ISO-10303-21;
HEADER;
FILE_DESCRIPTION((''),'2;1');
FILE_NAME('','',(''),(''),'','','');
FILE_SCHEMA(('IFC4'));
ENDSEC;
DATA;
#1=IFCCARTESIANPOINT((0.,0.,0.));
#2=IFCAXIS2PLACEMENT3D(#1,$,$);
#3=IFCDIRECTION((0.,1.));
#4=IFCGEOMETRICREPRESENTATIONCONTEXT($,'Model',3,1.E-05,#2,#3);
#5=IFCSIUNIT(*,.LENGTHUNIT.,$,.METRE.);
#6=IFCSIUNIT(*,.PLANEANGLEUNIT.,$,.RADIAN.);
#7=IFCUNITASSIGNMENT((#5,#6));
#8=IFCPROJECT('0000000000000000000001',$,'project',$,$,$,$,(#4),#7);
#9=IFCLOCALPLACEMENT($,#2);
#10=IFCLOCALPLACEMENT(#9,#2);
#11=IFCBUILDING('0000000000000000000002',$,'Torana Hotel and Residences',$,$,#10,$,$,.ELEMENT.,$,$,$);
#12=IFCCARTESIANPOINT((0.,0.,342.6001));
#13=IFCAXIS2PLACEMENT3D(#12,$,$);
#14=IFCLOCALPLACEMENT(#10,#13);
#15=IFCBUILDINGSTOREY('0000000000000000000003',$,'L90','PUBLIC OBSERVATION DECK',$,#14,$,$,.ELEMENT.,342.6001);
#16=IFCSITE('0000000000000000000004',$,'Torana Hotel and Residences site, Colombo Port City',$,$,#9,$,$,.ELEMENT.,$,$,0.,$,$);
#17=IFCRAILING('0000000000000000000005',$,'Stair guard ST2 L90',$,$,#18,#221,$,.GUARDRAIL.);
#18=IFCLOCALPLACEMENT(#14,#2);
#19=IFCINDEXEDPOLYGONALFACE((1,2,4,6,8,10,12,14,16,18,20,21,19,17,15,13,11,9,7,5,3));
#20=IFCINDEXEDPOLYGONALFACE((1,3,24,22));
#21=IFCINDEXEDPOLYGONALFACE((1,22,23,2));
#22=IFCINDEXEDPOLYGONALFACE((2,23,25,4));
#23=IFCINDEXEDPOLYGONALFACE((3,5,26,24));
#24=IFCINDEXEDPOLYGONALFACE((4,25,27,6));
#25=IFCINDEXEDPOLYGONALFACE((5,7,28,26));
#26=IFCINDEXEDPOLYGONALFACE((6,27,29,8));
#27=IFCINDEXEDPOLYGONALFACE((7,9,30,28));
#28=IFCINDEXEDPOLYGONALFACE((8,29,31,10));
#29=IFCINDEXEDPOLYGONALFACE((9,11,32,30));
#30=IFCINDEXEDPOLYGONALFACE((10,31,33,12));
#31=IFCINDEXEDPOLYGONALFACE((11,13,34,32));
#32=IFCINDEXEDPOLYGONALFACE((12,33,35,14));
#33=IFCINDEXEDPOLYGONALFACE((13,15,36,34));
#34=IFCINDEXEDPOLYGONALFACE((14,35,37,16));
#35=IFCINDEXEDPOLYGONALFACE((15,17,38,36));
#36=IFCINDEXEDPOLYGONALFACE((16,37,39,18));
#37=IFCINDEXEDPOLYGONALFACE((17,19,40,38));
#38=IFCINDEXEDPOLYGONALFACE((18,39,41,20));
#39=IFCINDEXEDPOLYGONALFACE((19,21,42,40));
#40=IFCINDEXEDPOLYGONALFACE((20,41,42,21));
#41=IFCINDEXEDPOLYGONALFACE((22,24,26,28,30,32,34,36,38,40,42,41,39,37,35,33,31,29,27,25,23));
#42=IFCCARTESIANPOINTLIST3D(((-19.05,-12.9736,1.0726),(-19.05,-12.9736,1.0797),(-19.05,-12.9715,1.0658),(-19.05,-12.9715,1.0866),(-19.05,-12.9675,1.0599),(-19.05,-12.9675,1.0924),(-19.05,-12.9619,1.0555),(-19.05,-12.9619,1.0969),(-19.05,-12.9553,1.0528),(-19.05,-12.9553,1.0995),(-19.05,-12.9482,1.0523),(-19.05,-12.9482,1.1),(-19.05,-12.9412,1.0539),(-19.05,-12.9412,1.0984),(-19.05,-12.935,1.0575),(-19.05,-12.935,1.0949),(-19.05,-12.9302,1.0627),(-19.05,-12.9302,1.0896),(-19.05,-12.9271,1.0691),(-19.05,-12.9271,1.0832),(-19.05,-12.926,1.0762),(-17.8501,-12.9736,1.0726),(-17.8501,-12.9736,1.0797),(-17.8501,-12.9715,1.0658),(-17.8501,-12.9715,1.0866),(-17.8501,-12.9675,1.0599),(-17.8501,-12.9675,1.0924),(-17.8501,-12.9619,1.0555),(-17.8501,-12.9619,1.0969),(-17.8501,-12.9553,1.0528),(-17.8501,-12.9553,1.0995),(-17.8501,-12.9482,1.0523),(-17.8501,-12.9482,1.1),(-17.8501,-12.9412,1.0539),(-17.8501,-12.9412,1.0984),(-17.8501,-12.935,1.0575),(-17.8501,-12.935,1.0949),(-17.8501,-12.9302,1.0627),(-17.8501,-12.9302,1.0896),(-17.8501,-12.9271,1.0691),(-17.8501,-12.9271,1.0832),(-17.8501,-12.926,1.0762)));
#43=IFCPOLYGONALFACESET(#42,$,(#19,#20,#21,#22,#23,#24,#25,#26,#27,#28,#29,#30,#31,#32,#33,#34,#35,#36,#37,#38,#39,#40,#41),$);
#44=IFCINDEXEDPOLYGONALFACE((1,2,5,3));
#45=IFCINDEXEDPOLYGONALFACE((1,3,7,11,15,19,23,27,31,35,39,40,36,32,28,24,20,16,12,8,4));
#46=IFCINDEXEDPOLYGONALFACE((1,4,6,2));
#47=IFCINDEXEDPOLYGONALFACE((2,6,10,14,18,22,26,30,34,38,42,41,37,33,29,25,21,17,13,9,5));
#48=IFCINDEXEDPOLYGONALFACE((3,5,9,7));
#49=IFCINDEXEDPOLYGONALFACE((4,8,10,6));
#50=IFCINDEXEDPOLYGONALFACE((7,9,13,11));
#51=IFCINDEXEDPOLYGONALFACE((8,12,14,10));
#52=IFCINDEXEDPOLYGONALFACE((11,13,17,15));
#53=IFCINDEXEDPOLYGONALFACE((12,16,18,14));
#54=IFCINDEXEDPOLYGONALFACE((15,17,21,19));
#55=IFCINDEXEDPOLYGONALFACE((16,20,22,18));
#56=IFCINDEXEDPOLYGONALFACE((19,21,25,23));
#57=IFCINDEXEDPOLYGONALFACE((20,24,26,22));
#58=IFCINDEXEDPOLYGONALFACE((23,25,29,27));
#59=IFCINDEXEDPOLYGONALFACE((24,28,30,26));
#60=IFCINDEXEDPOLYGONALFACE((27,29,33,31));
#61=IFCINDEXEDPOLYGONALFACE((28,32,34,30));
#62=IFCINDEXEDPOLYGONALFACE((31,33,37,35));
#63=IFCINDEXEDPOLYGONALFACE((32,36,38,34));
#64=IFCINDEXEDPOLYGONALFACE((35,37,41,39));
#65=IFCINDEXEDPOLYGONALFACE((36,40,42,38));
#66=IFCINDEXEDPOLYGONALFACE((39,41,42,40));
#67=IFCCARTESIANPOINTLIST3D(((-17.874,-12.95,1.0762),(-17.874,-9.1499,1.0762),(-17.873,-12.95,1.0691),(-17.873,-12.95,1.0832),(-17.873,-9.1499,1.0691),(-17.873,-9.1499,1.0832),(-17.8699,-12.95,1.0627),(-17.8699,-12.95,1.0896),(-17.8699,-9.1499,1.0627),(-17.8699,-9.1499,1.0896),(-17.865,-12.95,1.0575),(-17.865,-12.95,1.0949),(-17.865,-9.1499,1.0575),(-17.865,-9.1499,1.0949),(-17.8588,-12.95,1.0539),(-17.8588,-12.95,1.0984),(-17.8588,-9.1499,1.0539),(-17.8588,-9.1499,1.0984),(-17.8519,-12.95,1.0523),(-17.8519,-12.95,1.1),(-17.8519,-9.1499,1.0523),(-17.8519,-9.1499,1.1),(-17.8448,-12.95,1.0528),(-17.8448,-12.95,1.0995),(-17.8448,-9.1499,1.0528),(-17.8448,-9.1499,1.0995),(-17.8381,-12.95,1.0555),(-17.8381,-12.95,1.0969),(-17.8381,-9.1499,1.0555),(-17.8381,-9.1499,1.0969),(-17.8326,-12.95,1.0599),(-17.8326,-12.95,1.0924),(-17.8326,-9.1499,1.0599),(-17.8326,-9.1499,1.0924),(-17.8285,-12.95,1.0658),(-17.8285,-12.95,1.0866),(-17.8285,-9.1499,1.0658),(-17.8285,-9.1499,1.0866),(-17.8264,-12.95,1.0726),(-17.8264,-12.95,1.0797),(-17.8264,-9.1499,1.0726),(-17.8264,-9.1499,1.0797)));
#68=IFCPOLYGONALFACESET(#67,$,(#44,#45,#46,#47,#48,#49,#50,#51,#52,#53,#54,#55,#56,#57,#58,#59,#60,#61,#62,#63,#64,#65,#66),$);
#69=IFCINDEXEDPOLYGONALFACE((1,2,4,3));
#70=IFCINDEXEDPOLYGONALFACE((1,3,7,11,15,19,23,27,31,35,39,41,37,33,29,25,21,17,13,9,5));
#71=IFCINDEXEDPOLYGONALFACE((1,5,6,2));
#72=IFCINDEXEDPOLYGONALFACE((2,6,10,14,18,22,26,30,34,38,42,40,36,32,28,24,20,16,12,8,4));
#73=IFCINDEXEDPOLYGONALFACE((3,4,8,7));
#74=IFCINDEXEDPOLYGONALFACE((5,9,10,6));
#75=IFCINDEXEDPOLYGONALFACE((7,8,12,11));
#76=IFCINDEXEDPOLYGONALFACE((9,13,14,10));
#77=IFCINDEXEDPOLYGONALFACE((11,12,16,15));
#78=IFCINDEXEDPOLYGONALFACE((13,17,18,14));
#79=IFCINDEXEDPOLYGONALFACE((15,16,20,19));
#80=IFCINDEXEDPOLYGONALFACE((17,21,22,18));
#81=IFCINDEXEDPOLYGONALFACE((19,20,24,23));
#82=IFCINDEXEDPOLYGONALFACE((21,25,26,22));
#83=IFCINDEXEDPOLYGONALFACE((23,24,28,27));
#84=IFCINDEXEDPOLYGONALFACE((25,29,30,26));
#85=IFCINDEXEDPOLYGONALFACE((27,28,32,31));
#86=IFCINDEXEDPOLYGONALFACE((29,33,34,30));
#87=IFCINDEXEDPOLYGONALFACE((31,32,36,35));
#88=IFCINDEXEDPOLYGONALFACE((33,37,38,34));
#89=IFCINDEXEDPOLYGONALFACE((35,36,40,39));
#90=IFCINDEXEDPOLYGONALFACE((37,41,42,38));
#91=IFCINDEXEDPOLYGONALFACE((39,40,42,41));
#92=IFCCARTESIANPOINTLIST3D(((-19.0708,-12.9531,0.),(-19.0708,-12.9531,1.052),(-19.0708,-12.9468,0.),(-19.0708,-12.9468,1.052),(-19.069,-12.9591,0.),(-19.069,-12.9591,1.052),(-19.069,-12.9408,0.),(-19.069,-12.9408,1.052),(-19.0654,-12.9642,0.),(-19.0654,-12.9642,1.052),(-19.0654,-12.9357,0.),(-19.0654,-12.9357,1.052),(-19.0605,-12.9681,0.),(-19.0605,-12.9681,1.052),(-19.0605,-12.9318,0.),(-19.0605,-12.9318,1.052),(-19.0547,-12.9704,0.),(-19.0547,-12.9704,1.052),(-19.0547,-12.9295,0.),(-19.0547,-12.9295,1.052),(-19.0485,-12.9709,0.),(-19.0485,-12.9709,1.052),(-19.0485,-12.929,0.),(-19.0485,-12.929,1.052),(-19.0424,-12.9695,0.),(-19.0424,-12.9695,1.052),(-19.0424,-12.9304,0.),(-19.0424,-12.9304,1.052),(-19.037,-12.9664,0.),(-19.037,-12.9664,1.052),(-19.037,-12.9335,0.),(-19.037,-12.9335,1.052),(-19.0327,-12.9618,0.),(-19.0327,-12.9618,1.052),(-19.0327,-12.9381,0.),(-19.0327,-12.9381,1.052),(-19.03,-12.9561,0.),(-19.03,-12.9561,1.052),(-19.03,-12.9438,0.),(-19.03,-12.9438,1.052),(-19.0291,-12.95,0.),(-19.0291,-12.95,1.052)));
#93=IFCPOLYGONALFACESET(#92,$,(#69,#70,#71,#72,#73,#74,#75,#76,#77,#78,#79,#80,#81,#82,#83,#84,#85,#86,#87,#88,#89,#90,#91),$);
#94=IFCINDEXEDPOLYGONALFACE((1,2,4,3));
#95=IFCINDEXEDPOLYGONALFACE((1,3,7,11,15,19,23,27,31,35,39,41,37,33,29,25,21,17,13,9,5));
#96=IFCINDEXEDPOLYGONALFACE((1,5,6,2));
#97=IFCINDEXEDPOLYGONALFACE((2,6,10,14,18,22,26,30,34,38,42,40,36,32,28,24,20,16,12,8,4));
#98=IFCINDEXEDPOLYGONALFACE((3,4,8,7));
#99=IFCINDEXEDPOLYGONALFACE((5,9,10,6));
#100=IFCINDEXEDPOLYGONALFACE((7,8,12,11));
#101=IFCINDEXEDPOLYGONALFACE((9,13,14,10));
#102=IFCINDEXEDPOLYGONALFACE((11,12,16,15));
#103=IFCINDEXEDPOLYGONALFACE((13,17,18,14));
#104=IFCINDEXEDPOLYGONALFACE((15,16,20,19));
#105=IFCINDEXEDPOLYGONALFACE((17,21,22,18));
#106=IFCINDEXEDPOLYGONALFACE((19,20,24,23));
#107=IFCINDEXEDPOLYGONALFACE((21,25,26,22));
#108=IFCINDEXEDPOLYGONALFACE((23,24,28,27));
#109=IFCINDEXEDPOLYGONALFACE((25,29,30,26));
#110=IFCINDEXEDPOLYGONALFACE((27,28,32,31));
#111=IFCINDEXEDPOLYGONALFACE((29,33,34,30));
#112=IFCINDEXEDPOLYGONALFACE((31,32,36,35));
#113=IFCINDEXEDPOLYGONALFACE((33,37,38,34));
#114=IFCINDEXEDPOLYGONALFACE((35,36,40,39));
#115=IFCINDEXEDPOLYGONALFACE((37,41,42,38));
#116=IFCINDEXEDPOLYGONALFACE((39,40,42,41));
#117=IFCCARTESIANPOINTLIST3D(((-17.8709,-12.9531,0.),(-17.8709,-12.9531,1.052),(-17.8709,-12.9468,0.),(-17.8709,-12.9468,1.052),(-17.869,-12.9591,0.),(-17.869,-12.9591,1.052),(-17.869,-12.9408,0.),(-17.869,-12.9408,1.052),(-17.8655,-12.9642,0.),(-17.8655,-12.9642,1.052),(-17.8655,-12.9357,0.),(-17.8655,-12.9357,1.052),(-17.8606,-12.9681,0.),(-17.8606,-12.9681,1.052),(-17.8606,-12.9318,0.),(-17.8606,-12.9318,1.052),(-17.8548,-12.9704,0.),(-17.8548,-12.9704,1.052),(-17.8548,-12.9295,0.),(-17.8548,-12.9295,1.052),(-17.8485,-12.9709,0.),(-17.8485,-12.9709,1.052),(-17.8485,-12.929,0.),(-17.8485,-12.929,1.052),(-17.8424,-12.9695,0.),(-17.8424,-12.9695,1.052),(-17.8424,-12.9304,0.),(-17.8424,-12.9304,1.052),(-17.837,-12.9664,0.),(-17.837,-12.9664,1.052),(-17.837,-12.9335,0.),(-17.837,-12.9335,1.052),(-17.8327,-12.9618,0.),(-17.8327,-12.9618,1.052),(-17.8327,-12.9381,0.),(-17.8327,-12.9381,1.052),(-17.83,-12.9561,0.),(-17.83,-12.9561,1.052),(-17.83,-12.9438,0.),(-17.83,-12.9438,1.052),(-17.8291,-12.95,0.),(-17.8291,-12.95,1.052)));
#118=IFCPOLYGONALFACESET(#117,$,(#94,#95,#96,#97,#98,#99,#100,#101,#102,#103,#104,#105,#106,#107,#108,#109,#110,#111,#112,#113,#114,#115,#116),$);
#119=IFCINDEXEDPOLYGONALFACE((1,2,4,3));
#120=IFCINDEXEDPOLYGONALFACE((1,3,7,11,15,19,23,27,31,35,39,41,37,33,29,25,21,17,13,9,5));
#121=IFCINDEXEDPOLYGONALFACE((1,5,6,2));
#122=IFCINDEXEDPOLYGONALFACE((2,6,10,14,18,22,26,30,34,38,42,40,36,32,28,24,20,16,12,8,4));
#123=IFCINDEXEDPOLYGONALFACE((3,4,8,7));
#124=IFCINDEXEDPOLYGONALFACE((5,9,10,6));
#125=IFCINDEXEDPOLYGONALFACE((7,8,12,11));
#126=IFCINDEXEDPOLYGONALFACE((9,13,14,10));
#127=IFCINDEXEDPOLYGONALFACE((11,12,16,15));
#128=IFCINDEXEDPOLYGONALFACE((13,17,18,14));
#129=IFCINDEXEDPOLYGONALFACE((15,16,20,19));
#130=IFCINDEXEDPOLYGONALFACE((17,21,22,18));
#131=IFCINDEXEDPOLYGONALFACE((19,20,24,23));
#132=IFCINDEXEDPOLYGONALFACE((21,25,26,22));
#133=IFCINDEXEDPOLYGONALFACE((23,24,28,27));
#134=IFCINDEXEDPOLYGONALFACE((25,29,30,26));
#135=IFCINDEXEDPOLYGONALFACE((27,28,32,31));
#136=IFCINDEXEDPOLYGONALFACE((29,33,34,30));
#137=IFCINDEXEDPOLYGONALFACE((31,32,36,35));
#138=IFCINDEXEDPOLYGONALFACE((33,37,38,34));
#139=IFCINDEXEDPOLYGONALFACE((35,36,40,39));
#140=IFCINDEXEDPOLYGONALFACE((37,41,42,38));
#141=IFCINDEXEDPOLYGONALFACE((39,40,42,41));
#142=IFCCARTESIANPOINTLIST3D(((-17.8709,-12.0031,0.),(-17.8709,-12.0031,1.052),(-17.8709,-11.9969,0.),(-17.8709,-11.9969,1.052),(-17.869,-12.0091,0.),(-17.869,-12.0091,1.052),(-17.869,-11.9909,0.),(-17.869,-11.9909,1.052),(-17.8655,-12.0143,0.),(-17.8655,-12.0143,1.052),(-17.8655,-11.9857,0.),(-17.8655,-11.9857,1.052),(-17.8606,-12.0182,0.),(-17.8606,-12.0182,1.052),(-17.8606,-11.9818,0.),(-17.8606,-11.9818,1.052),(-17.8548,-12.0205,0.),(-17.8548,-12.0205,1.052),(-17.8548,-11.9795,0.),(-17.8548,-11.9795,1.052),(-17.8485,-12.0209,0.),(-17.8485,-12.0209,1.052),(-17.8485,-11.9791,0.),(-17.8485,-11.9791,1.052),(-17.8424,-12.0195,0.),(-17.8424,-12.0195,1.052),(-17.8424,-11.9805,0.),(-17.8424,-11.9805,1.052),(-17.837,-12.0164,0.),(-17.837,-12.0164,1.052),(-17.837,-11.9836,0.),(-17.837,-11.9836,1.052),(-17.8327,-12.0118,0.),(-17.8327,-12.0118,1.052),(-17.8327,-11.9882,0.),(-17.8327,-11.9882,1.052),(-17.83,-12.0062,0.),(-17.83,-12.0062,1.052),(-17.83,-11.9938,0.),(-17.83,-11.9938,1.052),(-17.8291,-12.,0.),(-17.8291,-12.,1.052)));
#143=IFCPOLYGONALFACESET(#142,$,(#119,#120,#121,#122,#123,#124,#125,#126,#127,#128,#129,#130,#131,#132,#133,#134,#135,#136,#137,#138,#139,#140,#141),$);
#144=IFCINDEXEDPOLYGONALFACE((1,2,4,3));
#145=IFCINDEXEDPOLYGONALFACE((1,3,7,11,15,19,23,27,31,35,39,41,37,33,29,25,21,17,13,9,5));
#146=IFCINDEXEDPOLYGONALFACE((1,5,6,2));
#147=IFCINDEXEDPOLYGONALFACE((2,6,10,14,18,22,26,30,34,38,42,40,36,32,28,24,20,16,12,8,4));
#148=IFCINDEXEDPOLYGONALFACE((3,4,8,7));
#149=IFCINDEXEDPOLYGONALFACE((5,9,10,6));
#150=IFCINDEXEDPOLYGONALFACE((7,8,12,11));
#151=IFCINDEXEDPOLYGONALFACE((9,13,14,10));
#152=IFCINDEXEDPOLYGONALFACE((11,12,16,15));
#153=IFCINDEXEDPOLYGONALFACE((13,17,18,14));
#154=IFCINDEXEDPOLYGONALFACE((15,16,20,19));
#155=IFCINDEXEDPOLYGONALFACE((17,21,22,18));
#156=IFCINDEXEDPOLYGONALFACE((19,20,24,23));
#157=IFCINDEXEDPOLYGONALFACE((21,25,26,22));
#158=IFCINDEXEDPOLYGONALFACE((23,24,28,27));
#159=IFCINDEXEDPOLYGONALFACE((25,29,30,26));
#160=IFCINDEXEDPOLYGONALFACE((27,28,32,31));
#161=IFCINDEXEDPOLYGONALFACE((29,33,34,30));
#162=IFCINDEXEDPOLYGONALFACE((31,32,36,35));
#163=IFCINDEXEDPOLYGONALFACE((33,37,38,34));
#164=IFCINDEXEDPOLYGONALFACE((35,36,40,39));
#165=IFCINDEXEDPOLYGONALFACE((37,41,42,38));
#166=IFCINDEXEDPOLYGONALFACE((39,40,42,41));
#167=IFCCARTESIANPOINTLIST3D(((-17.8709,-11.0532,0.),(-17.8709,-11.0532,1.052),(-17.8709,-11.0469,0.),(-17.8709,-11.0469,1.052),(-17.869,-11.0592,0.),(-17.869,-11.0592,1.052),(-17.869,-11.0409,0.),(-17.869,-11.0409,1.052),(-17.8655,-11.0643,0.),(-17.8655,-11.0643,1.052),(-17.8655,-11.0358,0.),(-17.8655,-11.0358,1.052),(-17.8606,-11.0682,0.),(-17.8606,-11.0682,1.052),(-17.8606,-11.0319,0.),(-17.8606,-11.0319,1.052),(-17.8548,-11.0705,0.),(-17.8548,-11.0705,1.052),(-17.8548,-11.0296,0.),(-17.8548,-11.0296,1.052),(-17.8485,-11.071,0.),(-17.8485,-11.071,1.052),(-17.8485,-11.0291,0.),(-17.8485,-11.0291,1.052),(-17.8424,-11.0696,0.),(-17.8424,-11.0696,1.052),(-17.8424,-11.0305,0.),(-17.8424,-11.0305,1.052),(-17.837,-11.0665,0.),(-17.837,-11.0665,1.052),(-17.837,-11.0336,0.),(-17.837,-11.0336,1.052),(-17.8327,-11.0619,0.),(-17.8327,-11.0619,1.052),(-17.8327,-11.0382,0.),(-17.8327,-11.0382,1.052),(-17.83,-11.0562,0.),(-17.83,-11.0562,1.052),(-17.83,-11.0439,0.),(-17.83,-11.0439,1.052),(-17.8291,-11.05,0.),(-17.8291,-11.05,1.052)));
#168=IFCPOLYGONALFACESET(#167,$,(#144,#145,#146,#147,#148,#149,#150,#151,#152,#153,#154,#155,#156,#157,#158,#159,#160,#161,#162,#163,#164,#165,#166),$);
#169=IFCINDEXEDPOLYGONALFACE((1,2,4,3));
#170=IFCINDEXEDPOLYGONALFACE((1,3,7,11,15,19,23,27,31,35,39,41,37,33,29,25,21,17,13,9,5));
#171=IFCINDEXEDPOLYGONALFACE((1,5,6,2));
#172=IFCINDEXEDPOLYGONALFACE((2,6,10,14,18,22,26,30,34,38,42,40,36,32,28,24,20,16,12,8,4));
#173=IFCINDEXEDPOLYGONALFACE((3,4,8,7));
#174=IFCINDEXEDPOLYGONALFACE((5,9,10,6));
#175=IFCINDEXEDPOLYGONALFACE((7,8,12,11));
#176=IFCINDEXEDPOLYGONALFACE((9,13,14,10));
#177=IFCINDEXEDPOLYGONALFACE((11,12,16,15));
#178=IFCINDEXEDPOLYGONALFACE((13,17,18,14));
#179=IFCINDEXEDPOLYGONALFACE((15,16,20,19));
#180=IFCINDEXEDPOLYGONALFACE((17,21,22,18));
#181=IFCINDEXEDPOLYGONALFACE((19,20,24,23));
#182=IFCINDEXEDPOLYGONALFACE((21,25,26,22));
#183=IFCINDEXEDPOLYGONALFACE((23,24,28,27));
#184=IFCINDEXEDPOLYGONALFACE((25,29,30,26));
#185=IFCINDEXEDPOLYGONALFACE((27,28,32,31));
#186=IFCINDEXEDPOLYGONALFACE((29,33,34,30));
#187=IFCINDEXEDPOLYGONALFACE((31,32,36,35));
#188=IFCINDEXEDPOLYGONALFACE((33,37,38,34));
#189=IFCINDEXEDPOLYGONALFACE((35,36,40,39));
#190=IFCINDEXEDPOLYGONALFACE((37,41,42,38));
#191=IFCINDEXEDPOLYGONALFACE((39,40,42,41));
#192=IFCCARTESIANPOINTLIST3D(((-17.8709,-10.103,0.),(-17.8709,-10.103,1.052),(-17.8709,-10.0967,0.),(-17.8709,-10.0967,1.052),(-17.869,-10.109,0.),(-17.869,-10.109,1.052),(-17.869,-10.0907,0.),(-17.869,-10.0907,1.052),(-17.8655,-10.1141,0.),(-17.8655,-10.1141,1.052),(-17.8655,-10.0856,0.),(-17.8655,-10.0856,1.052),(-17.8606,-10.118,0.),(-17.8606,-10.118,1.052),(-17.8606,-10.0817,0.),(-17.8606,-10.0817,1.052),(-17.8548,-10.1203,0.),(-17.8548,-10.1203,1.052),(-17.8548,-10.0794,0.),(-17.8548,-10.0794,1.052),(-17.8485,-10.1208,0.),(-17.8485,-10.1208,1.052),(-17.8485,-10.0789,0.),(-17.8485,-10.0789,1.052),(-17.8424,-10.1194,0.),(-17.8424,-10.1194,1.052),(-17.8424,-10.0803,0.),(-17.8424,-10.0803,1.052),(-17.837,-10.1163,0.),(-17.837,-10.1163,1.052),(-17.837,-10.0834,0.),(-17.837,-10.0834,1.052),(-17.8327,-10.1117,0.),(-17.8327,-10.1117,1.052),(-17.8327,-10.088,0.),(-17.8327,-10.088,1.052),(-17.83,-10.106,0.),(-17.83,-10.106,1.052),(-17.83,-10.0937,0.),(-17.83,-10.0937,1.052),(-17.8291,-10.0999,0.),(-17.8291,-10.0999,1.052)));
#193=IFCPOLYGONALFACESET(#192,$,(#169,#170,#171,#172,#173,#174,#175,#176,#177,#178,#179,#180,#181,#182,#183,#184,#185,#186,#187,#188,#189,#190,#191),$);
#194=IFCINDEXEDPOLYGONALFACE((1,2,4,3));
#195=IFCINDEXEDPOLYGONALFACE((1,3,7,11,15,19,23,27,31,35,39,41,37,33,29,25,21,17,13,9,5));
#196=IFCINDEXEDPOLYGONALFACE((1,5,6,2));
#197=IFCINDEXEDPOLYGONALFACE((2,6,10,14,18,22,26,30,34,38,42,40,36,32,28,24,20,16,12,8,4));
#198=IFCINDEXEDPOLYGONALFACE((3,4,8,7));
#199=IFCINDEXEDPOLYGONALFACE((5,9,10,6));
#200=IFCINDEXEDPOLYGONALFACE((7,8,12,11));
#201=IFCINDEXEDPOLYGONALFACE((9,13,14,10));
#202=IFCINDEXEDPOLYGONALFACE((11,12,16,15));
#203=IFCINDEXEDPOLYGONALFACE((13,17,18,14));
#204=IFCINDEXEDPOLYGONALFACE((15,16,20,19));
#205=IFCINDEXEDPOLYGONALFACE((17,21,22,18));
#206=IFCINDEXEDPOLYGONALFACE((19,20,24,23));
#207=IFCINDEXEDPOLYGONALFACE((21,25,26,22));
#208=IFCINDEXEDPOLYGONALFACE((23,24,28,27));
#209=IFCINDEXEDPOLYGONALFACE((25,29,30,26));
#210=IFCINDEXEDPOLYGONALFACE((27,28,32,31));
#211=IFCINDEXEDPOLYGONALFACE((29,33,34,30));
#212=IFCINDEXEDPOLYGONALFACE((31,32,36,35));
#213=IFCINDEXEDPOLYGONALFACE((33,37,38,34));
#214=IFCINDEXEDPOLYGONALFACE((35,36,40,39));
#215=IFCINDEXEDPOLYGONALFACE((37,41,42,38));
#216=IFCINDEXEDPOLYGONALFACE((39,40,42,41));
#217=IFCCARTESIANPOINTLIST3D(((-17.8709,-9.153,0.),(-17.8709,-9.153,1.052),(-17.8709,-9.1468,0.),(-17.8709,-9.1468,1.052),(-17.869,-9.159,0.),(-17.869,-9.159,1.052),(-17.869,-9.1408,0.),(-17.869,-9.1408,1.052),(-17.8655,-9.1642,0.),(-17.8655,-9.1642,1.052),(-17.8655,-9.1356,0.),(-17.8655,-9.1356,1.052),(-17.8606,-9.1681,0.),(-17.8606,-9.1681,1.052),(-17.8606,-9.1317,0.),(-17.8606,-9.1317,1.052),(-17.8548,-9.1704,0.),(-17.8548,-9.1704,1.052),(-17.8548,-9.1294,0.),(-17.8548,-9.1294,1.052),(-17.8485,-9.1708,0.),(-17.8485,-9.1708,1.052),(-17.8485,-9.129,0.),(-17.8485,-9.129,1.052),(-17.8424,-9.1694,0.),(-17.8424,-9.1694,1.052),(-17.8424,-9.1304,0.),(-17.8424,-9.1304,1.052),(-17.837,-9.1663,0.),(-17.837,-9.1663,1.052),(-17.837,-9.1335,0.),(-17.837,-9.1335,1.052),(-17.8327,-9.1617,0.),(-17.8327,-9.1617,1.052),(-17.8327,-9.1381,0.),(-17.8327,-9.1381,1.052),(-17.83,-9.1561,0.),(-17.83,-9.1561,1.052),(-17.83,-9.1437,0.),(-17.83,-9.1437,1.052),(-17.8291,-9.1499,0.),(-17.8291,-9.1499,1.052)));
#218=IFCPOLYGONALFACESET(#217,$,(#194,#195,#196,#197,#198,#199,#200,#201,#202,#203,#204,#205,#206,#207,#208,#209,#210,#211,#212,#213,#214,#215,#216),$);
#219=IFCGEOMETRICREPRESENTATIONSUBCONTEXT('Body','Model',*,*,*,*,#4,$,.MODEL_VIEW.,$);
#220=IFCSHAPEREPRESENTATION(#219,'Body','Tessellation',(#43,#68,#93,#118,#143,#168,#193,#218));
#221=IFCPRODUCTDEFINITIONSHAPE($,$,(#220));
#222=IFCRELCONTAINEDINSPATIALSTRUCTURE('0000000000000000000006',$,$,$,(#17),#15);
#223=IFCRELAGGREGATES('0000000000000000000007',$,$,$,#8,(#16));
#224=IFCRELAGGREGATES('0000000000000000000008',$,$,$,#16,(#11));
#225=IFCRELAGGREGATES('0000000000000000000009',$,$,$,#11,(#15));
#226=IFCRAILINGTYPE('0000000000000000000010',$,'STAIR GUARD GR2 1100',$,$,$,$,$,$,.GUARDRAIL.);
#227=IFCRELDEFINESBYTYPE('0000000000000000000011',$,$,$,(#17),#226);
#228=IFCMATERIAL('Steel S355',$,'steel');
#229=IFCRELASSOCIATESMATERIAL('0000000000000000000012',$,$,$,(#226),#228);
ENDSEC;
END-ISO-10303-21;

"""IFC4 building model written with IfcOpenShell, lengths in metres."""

from ifc_helpers import new_model, si_unit, direction, frame, origin, origin_2d, place, context, subcontext, project, spatial, circle, extrude, material, type_object, element, save


model = new_model("IFC4")

# Units and contexts
model_context = context("Model", 3, precision=1e-05, world=origin(), true_north=direction((0.0, 1.0)))
body_context = subcontext(model_context, "Body", "Model", "MODEL_VIEW")
ifc_project = project(units=[si_unit("LENGTHUNIT", "METRE"), si_unit("PLANEANGLEUNIT", "RADIAN")], contexts=[model_context])

# Site, building, storey
site_placement = place(None, origin())
site = spatial("IfcSite", under=ifc_project, at=site_placement, Name="Torana Hotel and Residences site, Colombo Port City", CompositionType="ELEMENT", RefElevation=0.0)
building_placement = place(site_placement, origin())
building = spatial("IfcBuilding", under=site, at=building_placement, Name="Torana Hotel and Residences", CompositionType="ELEMENT")
storey_placement = place(building_placement, frame((0.0, 0.0, 342.6001)))
storey = spatial("IfcBuildingStorey", under=building, at=storey_placement, Name="L90", Description="PUBLIC OBSERVATION DECK", CompositionType="ELEMENT", Elevation=342.6001)

# Railing
ifc_material_1 = material(Name="Steel S355", Category="steel")
railing_type = type_object("IfcRailingType", Name="STAIR GUARD GR2 1100", PredefinedType="GUARDRAIL", material=ifc_material_1)
railing_placement = place(storey_placement, frame((-19.05, -12.95, 0.0)))
element("IfcRailing", 1, at=railing_placement, inside=storey, type_object=railing_type, Name="Stair guard ST2 L90", PredefinedType="GUARDRAIL", context=body_context, shape_type="SweptSolid", body=[
    extrude(circle(Radius=0.0239, at=origin_2d()), frame((0.0, 0.0, 1.0762), z_axis=(1.0, 0.0, 0.0), x_axis=(0.0, 1.0, 0.0)), (0.0, 0.0, 1.0), 1.2),
    extrude(circle(Radius=0.0239, at=origin_2d()), frame((1.2, 0.0, 1.0762), z_axis=(0.0, 1.0, 0.0), x_axis=(-1.0, 0.0, 0.0)), (0.0, 0.0, 1.0), 3.8),
    extrude(circle(Radius=0.021, at=origin_2d()), origin(), (0.0, 0.0, 1.0), 1.052),
    extrude(circle(Radius=0.021, at=origin_2d()), frame((1.2, 0.0, 0.0)), (0.0, 0.0, 1.0), 1.052),
    extrude(circle(Radius=0.021, at=origin_2d()), frame((1.2, 0.95, 0.0)), (0.0, 0.0, 1.0), 1.052),
    extrude(circle(Radius=0.021, at=origin_2d()), frame((1.2, 1.8999, 0.0)), (0.0, 0.0, 1.0), 1.052),
    extrude(circle(Radius=0.021, at=origin_2d()), frame((1.2, 2.8501, 0.0)), (0.0, 0.0, 1.0), 1.052),
    extrude(circle(Radius=0.021, at=origin_2d()), frame((1.2, 3.8, 0.0)), (0.0, 0.0, 1.0), 1.052),
])

save(model, "model.ifc")
